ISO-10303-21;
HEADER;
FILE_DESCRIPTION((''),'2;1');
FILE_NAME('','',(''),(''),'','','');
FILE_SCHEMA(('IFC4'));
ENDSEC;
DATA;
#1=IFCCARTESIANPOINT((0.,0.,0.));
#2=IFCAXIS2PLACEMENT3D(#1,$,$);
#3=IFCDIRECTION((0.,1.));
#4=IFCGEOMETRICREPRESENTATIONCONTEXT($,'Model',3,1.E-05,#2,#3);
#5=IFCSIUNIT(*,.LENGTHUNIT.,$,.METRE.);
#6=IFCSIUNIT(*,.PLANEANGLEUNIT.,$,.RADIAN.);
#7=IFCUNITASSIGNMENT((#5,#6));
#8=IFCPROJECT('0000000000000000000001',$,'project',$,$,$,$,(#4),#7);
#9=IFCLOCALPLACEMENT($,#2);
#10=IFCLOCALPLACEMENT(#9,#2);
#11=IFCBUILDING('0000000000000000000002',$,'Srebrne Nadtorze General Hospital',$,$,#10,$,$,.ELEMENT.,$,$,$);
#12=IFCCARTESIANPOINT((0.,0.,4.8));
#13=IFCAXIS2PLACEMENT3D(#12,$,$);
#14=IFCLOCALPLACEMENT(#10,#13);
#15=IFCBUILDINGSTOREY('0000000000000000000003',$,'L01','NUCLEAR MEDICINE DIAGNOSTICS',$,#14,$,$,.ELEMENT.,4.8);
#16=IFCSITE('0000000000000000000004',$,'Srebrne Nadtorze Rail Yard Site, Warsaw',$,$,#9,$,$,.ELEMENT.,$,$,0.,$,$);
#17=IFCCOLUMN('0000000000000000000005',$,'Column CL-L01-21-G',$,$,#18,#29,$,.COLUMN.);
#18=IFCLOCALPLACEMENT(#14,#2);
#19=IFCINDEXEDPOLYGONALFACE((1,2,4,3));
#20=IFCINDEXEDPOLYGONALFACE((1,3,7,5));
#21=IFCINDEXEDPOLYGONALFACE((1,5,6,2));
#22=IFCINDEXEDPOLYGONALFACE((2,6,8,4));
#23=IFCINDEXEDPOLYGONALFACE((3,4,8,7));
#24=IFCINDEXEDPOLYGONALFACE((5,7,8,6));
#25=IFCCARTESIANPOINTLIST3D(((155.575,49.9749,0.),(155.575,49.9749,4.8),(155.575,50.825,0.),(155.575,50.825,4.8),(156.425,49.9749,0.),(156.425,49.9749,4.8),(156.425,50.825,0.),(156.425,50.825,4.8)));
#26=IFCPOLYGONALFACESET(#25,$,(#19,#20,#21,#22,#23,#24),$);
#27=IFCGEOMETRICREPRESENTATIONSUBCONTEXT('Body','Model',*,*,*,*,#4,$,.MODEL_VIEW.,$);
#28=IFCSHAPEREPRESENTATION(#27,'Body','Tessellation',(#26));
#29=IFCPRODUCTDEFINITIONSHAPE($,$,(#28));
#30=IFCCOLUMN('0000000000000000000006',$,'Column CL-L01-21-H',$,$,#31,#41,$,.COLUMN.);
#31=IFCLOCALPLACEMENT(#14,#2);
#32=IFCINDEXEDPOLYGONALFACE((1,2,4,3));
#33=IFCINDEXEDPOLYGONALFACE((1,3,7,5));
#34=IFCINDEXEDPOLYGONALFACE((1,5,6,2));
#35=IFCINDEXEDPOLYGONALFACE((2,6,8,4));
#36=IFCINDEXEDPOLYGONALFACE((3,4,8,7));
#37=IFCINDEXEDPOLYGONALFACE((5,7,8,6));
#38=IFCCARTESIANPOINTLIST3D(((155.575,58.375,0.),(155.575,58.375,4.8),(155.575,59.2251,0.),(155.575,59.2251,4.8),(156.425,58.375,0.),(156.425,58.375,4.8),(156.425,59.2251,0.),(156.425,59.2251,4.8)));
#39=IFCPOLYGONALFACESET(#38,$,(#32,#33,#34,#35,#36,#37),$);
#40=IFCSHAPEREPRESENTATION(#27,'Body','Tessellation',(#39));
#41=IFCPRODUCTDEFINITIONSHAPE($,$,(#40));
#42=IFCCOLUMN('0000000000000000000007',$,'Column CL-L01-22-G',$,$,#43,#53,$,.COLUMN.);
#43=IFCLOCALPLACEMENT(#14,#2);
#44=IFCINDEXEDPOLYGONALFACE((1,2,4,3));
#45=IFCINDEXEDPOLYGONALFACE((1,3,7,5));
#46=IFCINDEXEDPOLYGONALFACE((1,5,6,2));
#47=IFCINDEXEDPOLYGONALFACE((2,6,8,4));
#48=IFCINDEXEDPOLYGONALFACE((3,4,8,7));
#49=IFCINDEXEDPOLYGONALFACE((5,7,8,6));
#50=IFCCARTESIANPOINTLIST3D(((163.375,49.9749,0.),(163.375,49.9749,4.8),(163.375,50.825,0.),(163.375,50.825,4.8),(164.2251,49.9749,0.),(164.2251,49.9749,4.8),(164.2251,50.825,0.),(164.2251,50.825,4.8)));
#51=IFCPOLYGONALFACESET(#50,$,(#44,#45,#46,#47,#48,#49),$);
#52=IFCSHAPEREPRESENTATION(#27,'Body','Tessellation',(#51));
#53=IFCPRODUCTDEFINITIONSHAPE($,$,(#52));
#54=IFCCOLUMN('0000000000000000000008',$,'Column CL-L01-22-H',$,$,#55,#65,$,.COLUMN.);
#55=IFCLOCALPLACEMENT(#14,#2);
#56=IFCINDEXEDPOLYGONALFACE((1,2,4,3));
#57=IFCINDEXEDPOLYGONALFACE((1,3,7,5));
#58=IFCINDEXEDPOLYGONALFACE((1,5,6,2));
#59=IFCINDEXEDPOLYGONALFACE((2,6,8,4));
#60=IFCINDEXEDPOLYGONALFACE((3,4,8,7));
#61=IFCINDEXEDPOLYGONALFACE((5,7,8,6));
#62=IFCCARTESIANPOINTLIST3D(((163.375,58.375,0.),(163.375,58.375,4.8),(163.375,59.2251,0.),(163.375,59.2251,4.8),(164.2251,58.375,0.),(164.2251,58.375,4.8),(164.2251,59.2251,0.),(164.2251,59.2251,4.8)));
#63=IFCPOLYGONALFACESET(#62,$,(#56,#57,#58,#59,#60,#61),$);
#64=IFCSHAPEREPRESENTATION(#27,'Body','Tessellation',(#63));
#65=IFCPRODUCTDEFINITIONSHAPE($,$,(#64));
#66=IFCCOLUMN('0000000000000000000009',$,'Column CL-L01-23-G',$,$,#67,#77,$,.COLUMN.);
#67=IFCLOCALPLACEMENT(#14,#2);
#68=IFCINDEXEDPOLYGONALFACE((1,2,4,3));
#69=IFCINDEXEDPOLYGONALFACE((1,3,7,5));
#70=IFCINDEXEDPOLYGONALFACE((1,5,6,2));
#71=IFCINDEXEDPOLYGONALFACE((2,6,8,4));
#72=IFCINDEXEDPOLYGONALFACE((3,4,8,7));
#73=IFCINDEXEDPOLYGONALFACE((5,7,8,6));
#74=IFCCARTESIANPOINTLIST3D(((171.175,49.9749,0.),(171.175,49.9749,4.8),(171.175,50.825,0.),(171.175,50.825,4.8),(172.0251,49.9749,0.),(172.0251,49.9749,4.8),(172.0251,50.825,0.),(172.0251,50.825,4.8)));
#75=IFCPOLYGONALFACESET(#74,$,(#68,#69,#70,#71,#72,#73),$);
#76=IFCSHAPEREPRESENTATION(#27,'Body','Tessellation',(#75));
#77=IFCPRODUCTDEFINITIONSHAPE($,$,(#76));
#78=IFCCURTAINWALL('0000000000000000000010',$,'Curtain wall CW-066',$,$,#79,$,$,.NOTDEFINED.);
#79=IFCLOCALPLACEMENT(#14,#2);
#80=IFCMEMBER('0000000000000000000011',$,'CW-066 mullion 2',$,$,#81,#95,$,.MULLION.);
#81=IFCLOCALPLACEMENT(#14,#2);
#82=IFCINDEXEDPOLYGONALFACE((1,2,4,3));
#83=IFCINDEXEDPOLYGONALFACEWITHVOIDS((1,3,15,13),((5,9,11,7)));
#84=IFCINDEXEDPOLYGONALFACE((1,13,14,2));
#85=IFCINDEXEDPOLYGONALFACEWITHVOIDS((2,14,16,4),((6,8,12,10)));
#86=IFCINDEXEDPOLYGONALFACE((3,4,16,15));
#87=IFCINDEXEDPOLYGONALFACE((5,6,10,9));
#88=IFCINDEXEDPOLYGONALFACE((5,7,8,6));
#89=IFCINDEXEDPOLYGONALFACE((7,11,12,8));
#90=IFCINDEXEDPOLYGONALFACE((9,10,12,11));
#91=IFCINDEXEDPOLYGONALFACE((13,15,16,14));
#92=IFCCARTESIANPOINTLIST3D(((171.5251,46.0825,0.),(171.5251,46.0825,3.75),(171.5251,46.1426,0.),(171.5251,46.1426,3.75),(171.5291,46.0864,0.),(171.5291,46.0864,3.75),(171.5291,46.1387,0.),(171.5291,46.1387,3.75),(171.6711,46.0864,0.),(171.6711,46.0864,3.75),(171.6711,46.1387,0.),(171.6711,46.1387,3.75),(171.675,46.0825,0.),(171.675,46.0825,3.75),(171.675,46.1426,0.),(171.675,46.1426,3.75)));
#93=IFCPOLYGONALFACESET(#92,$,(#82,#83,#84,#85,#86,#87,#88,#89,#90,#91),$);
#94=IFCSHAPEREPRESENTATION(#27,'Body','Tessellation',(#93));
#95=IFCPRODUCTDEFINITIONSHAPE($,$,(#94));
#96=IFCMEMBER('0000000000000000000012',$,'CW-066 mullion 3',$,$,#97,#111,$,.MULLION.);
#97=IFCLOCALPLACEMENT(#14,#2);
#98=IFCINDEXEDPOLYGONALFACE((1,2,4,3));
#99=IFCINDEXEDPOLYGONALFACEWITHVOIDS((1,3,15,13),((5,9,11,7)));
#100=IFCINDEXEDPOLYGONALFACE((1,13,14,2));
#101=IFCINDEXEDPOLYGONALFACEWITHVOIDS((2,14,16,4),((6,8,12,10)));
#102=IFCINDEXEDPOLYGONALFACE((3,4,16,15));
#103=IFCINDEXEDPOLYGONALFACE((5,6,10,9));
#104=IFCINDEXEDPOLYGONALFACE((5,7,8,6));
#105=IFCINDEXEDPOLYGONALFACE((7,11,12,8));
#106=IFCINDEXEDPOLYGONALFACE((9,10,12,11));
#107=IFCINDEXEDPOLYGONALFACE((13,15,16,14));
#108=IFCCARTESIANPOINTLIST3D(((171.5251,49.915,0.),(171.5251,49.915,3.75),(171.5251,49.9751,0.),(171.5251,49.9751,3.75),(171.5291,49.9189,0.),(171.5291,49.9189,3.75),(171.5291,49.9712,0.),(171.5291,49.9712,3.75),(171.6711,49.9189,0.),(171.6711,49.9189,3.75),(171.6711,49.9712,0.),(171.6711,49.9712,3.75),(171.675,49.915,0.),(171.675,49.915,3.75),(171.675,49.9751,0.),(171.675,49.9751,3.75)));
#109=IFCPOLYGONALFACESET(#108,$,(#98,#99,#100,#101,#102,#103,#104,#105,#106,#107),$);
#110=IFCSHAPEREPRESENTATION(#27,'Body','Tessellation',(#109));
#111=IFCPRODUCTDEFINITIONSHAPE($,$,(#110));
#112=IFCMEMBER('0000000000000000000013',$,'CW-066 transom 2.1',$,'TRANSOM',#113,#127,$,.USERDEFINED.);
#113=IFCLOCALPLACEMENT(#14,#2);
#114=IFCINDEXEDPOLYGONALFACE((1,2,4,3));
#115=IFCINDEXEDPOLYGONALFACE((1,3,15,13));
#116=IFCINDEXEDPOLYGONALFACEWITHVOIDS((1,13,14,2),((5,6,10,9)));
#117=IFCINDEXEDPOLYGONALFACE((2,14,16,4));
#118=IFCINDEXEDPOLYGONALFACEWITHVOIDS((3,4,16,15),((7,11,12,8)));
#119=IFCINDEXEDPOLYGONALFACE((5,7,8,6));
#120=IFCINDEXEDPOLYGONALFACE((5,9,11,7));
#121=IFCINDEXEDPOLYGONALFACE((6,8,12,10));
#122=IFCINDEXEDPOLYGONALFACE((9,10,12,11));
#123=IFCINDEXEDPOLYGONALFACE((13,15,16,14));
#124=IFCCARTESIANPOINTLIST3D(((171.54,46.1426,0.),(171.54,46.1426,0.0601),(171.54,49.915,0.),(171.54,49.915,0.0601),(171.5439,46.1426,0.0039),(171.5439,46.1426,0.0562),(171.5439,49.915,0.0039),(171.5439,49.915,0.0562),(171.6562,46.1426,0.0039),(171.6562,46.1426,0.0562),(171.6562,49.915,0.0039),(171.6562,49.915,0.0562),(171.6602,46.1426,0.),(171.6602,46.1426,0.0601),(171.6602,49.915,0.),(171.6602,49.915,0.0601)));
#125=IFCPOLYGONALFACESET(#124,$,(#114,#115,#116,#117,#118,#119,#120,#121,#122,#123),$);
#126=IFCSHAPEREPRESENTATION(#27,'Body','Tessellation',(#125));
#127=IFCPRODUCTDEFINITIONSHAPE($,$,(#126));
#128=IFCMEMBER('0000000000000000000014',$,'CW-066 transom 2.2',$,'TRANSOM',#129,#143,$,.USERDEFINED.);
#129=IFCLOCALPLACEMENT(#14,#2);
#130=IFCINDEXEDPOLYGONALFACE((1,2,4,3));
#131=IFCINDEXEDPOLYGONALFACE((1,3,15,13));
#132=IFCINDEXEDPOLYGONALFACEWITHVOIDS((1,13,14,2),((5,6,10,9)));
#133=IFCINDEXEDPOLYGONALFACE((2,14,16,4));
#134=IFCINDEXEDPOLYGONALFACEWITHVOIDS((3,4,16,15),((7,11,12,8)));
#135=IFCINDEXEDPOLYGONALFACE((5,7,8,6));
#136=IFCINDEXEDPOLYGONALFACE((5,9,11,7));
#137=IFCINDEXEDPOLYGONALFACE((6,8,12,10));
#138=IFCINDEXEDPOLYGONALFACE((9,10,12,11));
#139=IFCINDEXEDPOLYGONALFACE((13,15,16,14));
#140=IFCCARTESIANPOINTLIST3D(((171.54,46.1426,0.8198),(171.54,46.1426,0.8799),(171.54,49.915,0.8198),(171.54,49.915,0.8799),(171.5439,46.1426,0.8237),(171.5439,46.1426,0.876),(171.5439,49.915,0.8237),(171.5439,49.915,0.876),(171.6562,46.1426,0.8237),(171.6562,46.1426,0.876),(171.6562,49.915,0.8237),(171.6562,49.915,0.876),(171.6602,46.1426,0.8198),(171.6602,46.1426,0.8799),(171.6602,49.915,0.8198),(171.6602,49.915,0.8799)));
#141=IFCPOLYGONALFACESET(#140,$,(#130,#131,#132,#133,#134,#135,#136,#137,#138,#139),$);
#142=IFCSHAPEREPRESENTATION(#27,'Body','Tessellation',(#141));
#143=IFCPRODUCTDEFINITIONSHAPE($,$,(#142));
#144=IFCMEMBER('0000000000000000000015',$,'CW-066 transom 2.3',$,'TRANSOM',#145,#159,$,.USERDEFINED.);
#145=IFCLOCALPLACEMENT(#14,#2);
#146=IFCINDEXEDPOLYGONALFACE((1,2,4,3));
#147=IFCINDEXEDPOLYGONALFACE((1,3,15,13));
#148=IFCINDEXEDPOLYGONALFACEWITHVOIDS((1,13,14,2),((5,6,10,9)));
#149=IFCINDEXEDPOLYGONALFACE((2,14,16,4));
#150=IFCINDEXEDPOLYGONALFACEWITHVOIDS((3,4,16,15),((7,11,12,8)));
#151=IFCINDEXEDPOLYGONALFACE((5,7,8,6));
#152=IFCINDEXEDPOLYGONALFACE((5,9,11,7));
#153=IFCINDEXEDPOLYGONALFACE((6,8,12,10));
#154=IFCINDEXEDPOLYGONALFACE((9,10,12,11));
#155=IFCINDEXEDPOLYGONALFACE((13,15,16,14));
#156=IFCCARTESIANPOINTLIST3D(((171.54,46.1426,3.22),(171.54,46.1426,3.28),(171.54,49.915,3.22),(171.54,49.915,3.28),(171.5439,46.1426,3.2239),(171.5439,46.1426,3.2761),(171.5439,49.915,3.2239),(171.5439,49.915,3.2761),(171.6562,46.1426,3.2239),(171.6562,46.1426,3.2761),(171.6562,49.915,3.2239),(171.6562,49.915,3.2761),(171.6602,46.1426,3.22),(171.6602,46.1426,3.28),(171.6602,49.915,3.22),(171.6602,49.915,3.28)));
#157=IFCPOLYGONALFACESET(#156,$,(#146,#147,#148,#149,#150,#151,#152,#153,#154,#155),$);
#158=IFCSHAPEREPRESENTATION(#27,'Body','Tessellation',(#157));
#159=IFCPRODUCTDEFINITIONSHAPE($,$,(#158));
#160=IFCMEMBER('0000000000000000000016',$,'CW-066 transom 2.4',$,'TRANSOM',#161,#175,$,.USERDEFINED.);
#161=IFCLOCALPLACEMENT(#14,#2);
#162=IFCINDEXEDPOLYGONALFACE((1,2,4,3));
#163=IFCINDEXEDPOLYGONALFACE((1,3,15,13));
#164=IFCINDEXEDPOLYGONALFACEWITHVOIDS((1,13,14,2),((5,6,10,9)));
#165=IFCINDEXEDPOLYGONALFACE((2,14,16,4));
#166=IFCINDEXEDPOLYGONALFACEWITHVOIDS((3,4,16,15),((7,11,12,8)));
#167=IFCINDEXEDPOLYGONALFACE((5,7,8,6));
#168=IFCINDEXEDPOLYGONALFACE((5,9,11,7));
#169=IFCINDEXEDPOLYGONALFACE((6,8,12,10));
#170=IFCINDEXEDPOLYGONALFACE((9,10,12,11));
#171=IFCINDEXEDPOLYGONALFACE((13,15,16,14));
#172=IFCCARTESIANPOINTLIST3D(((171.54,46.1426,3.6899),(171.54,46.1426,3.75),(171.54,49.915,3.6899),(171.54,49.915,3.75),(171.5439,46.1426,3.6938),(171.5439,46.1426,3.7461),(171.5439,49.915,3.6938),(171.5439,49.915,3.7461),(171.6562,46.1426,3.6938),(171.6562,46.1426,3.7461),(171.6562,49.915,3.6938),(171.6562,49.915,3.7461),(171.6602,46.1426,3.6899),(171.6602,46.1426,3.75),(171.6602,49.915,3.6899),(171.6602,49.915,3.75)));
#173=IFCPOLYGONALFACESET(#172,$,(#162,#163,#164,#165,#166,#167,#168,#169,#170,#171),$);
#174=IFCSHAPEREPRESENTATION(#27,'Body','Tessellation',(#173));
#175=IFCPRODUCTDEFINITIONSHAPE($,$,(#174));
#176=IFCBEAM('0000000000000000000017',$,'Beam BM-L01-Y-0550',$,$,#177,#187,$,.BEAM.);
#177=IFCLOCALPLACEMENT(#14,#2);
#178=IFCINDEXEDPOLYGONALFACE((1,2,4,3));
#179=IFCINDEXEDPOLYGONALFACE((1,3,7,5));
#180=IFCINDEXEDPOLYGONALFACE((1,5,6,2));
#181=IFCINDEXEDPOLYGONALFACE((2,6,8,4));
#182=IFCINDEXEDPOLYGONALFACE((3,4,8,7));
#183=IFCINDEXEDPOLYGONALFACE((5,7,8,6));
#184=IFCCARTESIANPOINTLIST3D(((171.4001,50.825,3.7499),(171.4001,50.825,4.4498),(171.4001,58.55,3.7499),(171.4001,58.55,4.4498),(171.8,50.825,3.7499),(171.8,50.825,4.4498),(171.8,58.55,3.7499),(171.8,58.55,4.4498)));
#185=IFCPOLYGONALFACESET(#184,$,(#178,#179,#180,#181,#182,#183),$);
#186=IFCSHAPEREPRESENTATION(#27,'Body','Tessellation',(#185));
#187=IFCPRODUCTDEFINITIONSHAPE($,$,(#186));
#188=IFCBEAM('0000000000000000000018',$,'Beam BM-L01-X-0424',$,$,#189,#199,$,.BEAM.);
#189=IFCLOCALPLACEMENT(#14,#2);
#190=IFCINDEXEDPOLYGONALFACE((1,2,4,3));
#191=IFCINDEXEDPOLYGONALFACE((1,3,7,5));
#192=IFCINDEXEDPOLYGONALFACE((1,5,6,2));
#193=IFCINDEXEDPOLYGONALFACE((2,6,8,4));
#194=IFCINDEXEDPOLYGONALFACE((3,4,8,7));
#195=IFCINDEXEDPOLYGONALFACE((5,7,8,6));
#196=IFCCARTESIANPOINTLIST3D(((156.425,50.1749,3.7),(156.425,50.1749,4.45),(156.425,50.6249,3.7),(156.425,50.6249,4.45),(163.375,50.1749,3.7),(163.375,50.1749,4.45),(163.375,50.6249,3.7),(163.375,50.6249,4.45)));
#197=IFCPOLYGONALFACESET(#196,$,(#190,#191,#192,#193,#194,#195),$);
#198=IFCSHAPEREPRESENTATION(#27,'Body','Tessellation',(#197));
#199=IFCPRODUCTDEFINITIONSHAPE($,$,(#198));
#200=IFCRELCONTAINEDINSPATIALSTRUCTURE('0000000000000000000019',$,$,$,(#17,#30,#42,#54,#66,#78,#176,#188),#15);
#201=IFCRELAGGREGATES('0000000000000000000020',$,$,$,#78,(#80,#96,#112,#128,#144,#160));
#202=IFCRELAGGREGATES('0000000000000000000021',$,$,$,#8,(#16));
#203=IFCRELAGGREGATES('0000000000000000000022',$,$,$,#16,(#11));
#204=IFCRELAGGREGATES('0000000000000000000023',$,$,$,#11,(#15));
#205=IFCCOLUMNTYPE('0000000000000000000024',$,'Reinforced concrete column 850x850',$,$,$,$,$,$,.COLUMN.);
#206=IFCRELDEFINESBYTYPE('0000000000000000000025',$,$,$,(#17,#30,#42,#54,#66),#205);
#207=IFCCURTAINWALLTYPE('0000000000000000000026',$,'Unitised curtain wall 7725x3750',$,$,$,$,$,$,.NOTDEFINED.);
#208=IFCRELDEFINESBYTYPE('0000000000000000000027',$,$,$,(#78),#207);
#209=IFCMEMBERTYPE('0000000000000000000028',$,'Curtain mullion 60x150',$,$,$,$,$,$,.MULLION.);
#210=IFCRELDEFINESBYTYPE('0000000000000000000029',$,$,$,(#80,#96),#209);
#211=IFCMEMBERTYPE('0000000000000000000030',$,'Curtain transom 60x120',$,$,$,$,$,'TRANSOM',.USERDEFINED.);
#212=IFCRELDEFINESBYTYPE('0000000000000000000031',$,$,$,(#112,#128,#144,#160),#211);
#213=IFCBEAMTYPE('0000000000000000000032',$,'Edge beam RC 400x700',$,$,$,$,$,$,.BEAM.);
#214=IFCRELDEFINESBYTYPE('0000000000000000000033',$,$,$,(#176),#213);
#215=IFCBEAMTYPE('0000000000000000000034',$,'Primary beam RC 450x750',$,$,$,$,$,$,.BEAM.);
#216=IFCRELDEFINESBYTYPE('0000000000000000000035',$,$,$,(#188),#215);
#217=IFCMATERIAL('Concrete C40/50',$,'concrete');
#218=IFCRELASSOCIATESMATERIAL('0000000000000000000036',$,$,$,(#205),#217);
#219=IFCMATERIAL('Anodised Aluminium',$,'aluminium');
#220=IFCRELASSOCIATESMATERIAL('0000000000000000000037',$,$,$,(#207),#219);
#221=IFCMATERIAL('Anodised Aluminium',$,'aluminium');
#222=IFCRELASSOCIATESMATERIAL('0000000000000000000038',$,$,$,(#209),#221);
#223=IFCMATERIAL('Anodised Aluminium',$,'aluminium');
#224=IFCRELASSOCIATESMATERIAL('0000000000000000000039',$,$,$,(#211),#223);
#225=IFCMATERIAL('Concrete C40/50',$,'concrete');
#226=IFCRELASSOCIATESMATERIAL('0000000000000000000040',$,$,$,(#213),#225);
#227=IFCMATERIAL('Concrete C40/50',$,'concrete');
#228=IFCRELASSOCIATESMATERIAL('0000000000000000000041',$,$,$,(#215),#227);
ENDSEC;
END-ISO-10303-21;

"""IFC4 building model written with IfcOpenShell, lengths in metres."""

from ifc_helpers import new_model, si_unit, direction, frame, origin, origin_2d, place, context, subcontext, project, spatial, rectangle, hollow_rectangle, extrude, material, material_profile, profile_set, type_object, element, aggregate, save


model = new_model("IFC4")

# Units and contexts
model_context = context("Model", 3, precision=1e-05, world=origin(), true_north=direction((0.0, 1.0)))
body_context = subcontext(model_context, "Body", "Model", "MODEL_VIEW")
ifc_project = project(units=[si_unit("LENGTHUNIT", "METRE"), si_unit("PLANEANGLEUNIT", "RADIAN")], contexts=[model_context])

# Site, building, storey
site_placement = place(None, origin())
site = spatial("IfcSite", under=ifc_project, at=site_placement, Name="Srebrne Nadtorze Rail Yard Site, Warsaw", CompositionType="ELEMENT", RefElevation=0.0)
building_placement = place(site_placement, origin())
building = spatial("IfcBuilding", under=site, at=building_placement, Name="Srebrne Nadtorze General Hospital", CompositionType="ELEMENT")
storey_placement = place(building_placement, frame((0.0, 0.0, 4.8)))
storey = spatial("IfcBuildingStorey", under=building, at=storey_placement, Name="L01", Description="NUCLEAR MEDICINE DIAGNOSTICS", CompositionType="ELEMENT", Elevation=4.8)

# Columns
ifc_material_1 = material(Name="Concrete C40/50", Category="concrete")
ifc_material_profile_1 = material_profile(ifc_material_1, rectangle(XDim=0.8501, YDim=0.8501, at=origin_2d()), Name="RC-COL-850x850")
ifc_profile_set_1 = profile_set([ifc_material_profile_1], Name="Concrete C40/50")
column_type = type_object("IfcColumnType", Name="Reinforced concrete column 850x850", PredefinedType="COLUMN", material=ifc_profile_set_1)
for number, where, z_axis, x_axis, name in (
    (1, (156.0, 50.3999, 0.0), (0.0, 0.0, 1.0), (1.0, 0.0, 0.0), "Column CL-L01-21-G"),
    (2, (156.0, 58.8, 0.0), (0.0, 0.0, 1.0), (1.0, 0.0, 0.0), "Column CL-L01-21-H"),
    (3, (163.8, 50.3999, 0.0), (0.0, 0.0, 1.0), (1.0, 0.0, 0.0), "Column CL-L01-22-G"),
    (4, (163.8, 58.8, 0.0), (0.0, 0.0, 1.0), (1.0, 0.0, 0.0), "Column CL-L01-22-H"),
    (5, (171.6001, 50.3999, 0.0), (0.0, 0.0, 1.0), (1.0, 0.0, 0.0), "Column CL-L01-23-G"),
):
    element("IfcColumn", number, at=place(storey_placement, frame(where, z_axis=z_axis, x_axis=x_axis)), inside=storey, type_object=column_type, Name=name, PredefinedType="COLUMN", context=body_context, shape_type="SweptSolid", body=[
        extrude(rectangle(XDim=0.8501, YDim=0.8501, at=origin_2d()), origin(), (0.0, 0.0, 1.0), 4.8),
    ])

# Curtain wall, members
ifc_material_2 = material(Name="Anodised Aluminium", Category="aluminium")
curtain_wall_type = type_object("IfcCurtainWallType", Name="Unitised curtain wall 7725x3750", PredefinedType="NOTDEFINED", material=ifc_material_2)
curtain_wall_placement = place(storey_placement, origin())
curtain_wall = element("IfcCurtainWall", 6, at=curtain_wall_placement, inside=storey, type_object=curtain_wall_type, Name="Curtain wall CW-066", PredefinedType="NOTDEFINED")
ifc_material_3 = material(Name="Anodised Aluminium", Category="aluminium")
ifc_material_profile_2 = material_profile(ifc_material_3, hollow_rectangle(XDim=0.0601, YDim=0.1499, WallThickness=0.0039, at=origin_2d()), Name="AL-MUL-60x150")
ifc_profile_set_2 = profile_set([ifc_material_profile_2], Name="Anodised Aluminium")
member_type_1 = type_object("IfcMemberType", Name="Curtain mullion 60x150", PredefinedType="MULLION", material=ifc_profile_set_2)
member_1_placement = place(storey_placement, frame((171.6001, 46.1125, 0.0), z_axis=(0.0, 0.0, 1.0), x_axis=(0.0, 1.0, 0.0)))
member_1 = element("IfcMember", 7, at=member_1_placement, type_object=member_type_1, Name="CW-066 mullion 2", PredefinedType="MULLION", context=body_context, shape_type="SweptSolid", body=[
    extrude(hollow_rectangle(XDim=0.0601, YDim=0.1499, WallThickness=0.0039, at=origin_2d()), origin(), (0.0, 0.0, 1.0), 3.75),
])
member_2_placement = place(storey_placement, frame((171.6001, 49.9451, 0.0), z_axis=(0.0, 0.0, 1.0), x_axis=(0.0, 1.0, 0.0)))
member_2 = element("IfcMember", 8, at=member_2_placement, type_object=member_type_1, Name="CW-066 mullion 3", PredefinedType="MULLION", context=body_context, shape_type="SweptSolid", body=[
    extrude(hollow_rectangle(XDim=0.0601, YDim=0.1499, WallThickness=0.0039, at=origin_2d()), origin(), (0.0, 0.0, 1.0), 3.75),
])
ifc_material_4 = material(Name="Anodised Aluminium", Category="aluminium")
ifc_material_profile_3 = material_profile(ifc_material_4, hollow_rectangle(XDim=0.0601, YDim=0.1201, WallThickness=0.0039, at=origin_2d()), Name="AL-TRN-60x120")
ifc_profile_set_3 = profile_set([ifc_material_profile_3], Name="Anodised Aluminium")
member_type_2 = type_object("IfcMemberType", Name="Curtain transom 60x120", ElementType="TRANSOM", PredefinedType="USERDEFINED", material=ifc_profile_set_3)
member_3_placement = place(storey_placement, frame((171.6001, 46.1426, 0.03), z_axis=(0.0, 1.0, 0.0), x_axis=(0.0, 0.0, 1.0)))
member_3 = element("IfcMember", 9, at=member_3_placement, type_object=member_type_2, Name="CW-066 transom 2.1", ObjectType="TRANSOM", PredefinedType="USERDEFINED", context=body_context, shape_type="SweptSolid", body=[
    extrude(hollow_rectangle(XDim=0.0601, YDim=0.1201, WallThickness=0.0039, at=origin_2d()), origin(), (0.0, 0.0, 1.0), 3.7725),
])
member_4_placement = place(storey_placement, frame((171.6001, 46.1426, 0.8499), z_axis=(0.0, 1.0, 0.0), x_axis=(0.0, 0.0, 1.0)))
member_4 = element("IfcMember", 10, at=member_4_placement, type_object=member_type_2, Name="CW-066 transom 2.2", ObjectType="TRANSOM", PredefinedType="USERDEFINED", context=body_context, shape_type="SweptSolid", body=[
    extrude(hollow_rectangle(XDim=0.0601, YDim=0.1201, WallThickness=0.0039, at=origin_2d()), origin(), (0.0, 0.0, 1.0), 3.7725),
])
member_5_placement = place(storey_placement, frame((171.6001, 46.1426, 3.25), z_axis=(0.0, 1.0, 0.0), x_axis=(0.0, 0.0, 1.0)))
member_5 = element("IfcMember", 11, at=member_5_placement, type_object=member_type_2, Name="CW-066 transom 2.3", ObjectType="TRANSOM", PredefinedType="USERDEFINED", context=body_context, shape_type="SweptSolid", body=[
    extrude(hollow_rectangle(XDim=0.0601, YDim=0.1201, WallThickness=0.0039, at=origin_2d()), origin(), (0.0, 0.0, 1.0), 3.7725),
])
member_6_placement = place(storey_placement, frame((171.6001, 46.1426, 3.72), z_axis=(0.0, 1.0, 0.0), x_axis=(0.0, 0.0, 1.0)))
member_6 = element("IfcMember", 12, at=member_6_placement, type_object=member_type_2, Name="CW-066 transom 2.4", ObjectType="TRANSOM", PredefinedType="USERDEFINED", context=body_context, shape_type="SweptSolid", body=[
    extrude(hollow_rectangle(XDim=0.0601, YDim=0.1201, WallThickness=0.0039, at=origin_2d()), origin(), (0.0, 0.0, 1.0), 3.7725),
])

# Beams
ifc_material_5 = material(Name="Concrete C40/50", Category="concrete")
ifc_material_profile_4 = material_profile(ifc_material_5, rectangle(XDim=0.3999, YDim=0.7, at=origin_2d()), Name="RC-BM-400x700")
ifc_profile_set_4 = profile_set([ifc_material_profile_4], Name="Concrete C40/50")
beam_type_1 = type_object("IfcBeamType", Name="Edge beam RC 400x700", PredefinedType="BEAM", material=ifc_profile_set_4)
beam_placement = place(storey_placement, frame((171.6001, 50.825, 4.0999), z_axis=(0.0, 1.0, 0.0), x_axis=(-1.0, 0.0, 0.0)))
element("IfcBeam", 13, at=beam_placement, inside=storey, type_object=beam_type_1, Name="Beam BM-L01-Y-0550", PredefinedType="BEAM", context=body_context, shape_type="SweptSolid", body=[
    extrude(rectangle(XDim=0.3999, YDim=0.7, at=origin_2d()), origin(), (0.0, 0.0, 1.0), 7.7251),
])
ifc_material_6 = material(Name="Concrete C40/50", Category="concrete")
ifc_material_profile_5 = material_profile(ifc_material_6, rectangle(XDim=0.45, YDim=0.75, at=origin_2d()), Name="RC-BM-450x750")
ifc_profile_set_5 = profile_set([ifc_material_profile_5], Name="Concrete C40/50")
beam_type_2 = type_object("IfcBeamType", Name="Primary beam RC 450x750", PredefinedType="BEAM", material=ifc_profile_set_5)
for number, where, z_axis, x_axis, name in (
    (14, (156.425, 50.3999, 4.075), (1.0, 0.0, 0.0), (0.0, 1.0, 0.0), "Beam BM-L01-X-0424"),
):
    element("IfcBeam", number, at=place(storey_placement, frame(where, z_axis=z_axis, x_axis=x_axis)), inside=storey, type_object=beam_type_2, Name=name, PredefinedType="BEAM", context=body_context, shape_type="SweptSolid", body=[
        extrude(rectangle(XDim=0.45, YDim=0.75, at=origin_2d()), origin(), (0.0, 0.0, 1.0), 6.95),
    ])

aggregate(curtain_wall, [member_1, member_2, member_3, member_4, member_5, member_6])

save(model, "model.ifc")
